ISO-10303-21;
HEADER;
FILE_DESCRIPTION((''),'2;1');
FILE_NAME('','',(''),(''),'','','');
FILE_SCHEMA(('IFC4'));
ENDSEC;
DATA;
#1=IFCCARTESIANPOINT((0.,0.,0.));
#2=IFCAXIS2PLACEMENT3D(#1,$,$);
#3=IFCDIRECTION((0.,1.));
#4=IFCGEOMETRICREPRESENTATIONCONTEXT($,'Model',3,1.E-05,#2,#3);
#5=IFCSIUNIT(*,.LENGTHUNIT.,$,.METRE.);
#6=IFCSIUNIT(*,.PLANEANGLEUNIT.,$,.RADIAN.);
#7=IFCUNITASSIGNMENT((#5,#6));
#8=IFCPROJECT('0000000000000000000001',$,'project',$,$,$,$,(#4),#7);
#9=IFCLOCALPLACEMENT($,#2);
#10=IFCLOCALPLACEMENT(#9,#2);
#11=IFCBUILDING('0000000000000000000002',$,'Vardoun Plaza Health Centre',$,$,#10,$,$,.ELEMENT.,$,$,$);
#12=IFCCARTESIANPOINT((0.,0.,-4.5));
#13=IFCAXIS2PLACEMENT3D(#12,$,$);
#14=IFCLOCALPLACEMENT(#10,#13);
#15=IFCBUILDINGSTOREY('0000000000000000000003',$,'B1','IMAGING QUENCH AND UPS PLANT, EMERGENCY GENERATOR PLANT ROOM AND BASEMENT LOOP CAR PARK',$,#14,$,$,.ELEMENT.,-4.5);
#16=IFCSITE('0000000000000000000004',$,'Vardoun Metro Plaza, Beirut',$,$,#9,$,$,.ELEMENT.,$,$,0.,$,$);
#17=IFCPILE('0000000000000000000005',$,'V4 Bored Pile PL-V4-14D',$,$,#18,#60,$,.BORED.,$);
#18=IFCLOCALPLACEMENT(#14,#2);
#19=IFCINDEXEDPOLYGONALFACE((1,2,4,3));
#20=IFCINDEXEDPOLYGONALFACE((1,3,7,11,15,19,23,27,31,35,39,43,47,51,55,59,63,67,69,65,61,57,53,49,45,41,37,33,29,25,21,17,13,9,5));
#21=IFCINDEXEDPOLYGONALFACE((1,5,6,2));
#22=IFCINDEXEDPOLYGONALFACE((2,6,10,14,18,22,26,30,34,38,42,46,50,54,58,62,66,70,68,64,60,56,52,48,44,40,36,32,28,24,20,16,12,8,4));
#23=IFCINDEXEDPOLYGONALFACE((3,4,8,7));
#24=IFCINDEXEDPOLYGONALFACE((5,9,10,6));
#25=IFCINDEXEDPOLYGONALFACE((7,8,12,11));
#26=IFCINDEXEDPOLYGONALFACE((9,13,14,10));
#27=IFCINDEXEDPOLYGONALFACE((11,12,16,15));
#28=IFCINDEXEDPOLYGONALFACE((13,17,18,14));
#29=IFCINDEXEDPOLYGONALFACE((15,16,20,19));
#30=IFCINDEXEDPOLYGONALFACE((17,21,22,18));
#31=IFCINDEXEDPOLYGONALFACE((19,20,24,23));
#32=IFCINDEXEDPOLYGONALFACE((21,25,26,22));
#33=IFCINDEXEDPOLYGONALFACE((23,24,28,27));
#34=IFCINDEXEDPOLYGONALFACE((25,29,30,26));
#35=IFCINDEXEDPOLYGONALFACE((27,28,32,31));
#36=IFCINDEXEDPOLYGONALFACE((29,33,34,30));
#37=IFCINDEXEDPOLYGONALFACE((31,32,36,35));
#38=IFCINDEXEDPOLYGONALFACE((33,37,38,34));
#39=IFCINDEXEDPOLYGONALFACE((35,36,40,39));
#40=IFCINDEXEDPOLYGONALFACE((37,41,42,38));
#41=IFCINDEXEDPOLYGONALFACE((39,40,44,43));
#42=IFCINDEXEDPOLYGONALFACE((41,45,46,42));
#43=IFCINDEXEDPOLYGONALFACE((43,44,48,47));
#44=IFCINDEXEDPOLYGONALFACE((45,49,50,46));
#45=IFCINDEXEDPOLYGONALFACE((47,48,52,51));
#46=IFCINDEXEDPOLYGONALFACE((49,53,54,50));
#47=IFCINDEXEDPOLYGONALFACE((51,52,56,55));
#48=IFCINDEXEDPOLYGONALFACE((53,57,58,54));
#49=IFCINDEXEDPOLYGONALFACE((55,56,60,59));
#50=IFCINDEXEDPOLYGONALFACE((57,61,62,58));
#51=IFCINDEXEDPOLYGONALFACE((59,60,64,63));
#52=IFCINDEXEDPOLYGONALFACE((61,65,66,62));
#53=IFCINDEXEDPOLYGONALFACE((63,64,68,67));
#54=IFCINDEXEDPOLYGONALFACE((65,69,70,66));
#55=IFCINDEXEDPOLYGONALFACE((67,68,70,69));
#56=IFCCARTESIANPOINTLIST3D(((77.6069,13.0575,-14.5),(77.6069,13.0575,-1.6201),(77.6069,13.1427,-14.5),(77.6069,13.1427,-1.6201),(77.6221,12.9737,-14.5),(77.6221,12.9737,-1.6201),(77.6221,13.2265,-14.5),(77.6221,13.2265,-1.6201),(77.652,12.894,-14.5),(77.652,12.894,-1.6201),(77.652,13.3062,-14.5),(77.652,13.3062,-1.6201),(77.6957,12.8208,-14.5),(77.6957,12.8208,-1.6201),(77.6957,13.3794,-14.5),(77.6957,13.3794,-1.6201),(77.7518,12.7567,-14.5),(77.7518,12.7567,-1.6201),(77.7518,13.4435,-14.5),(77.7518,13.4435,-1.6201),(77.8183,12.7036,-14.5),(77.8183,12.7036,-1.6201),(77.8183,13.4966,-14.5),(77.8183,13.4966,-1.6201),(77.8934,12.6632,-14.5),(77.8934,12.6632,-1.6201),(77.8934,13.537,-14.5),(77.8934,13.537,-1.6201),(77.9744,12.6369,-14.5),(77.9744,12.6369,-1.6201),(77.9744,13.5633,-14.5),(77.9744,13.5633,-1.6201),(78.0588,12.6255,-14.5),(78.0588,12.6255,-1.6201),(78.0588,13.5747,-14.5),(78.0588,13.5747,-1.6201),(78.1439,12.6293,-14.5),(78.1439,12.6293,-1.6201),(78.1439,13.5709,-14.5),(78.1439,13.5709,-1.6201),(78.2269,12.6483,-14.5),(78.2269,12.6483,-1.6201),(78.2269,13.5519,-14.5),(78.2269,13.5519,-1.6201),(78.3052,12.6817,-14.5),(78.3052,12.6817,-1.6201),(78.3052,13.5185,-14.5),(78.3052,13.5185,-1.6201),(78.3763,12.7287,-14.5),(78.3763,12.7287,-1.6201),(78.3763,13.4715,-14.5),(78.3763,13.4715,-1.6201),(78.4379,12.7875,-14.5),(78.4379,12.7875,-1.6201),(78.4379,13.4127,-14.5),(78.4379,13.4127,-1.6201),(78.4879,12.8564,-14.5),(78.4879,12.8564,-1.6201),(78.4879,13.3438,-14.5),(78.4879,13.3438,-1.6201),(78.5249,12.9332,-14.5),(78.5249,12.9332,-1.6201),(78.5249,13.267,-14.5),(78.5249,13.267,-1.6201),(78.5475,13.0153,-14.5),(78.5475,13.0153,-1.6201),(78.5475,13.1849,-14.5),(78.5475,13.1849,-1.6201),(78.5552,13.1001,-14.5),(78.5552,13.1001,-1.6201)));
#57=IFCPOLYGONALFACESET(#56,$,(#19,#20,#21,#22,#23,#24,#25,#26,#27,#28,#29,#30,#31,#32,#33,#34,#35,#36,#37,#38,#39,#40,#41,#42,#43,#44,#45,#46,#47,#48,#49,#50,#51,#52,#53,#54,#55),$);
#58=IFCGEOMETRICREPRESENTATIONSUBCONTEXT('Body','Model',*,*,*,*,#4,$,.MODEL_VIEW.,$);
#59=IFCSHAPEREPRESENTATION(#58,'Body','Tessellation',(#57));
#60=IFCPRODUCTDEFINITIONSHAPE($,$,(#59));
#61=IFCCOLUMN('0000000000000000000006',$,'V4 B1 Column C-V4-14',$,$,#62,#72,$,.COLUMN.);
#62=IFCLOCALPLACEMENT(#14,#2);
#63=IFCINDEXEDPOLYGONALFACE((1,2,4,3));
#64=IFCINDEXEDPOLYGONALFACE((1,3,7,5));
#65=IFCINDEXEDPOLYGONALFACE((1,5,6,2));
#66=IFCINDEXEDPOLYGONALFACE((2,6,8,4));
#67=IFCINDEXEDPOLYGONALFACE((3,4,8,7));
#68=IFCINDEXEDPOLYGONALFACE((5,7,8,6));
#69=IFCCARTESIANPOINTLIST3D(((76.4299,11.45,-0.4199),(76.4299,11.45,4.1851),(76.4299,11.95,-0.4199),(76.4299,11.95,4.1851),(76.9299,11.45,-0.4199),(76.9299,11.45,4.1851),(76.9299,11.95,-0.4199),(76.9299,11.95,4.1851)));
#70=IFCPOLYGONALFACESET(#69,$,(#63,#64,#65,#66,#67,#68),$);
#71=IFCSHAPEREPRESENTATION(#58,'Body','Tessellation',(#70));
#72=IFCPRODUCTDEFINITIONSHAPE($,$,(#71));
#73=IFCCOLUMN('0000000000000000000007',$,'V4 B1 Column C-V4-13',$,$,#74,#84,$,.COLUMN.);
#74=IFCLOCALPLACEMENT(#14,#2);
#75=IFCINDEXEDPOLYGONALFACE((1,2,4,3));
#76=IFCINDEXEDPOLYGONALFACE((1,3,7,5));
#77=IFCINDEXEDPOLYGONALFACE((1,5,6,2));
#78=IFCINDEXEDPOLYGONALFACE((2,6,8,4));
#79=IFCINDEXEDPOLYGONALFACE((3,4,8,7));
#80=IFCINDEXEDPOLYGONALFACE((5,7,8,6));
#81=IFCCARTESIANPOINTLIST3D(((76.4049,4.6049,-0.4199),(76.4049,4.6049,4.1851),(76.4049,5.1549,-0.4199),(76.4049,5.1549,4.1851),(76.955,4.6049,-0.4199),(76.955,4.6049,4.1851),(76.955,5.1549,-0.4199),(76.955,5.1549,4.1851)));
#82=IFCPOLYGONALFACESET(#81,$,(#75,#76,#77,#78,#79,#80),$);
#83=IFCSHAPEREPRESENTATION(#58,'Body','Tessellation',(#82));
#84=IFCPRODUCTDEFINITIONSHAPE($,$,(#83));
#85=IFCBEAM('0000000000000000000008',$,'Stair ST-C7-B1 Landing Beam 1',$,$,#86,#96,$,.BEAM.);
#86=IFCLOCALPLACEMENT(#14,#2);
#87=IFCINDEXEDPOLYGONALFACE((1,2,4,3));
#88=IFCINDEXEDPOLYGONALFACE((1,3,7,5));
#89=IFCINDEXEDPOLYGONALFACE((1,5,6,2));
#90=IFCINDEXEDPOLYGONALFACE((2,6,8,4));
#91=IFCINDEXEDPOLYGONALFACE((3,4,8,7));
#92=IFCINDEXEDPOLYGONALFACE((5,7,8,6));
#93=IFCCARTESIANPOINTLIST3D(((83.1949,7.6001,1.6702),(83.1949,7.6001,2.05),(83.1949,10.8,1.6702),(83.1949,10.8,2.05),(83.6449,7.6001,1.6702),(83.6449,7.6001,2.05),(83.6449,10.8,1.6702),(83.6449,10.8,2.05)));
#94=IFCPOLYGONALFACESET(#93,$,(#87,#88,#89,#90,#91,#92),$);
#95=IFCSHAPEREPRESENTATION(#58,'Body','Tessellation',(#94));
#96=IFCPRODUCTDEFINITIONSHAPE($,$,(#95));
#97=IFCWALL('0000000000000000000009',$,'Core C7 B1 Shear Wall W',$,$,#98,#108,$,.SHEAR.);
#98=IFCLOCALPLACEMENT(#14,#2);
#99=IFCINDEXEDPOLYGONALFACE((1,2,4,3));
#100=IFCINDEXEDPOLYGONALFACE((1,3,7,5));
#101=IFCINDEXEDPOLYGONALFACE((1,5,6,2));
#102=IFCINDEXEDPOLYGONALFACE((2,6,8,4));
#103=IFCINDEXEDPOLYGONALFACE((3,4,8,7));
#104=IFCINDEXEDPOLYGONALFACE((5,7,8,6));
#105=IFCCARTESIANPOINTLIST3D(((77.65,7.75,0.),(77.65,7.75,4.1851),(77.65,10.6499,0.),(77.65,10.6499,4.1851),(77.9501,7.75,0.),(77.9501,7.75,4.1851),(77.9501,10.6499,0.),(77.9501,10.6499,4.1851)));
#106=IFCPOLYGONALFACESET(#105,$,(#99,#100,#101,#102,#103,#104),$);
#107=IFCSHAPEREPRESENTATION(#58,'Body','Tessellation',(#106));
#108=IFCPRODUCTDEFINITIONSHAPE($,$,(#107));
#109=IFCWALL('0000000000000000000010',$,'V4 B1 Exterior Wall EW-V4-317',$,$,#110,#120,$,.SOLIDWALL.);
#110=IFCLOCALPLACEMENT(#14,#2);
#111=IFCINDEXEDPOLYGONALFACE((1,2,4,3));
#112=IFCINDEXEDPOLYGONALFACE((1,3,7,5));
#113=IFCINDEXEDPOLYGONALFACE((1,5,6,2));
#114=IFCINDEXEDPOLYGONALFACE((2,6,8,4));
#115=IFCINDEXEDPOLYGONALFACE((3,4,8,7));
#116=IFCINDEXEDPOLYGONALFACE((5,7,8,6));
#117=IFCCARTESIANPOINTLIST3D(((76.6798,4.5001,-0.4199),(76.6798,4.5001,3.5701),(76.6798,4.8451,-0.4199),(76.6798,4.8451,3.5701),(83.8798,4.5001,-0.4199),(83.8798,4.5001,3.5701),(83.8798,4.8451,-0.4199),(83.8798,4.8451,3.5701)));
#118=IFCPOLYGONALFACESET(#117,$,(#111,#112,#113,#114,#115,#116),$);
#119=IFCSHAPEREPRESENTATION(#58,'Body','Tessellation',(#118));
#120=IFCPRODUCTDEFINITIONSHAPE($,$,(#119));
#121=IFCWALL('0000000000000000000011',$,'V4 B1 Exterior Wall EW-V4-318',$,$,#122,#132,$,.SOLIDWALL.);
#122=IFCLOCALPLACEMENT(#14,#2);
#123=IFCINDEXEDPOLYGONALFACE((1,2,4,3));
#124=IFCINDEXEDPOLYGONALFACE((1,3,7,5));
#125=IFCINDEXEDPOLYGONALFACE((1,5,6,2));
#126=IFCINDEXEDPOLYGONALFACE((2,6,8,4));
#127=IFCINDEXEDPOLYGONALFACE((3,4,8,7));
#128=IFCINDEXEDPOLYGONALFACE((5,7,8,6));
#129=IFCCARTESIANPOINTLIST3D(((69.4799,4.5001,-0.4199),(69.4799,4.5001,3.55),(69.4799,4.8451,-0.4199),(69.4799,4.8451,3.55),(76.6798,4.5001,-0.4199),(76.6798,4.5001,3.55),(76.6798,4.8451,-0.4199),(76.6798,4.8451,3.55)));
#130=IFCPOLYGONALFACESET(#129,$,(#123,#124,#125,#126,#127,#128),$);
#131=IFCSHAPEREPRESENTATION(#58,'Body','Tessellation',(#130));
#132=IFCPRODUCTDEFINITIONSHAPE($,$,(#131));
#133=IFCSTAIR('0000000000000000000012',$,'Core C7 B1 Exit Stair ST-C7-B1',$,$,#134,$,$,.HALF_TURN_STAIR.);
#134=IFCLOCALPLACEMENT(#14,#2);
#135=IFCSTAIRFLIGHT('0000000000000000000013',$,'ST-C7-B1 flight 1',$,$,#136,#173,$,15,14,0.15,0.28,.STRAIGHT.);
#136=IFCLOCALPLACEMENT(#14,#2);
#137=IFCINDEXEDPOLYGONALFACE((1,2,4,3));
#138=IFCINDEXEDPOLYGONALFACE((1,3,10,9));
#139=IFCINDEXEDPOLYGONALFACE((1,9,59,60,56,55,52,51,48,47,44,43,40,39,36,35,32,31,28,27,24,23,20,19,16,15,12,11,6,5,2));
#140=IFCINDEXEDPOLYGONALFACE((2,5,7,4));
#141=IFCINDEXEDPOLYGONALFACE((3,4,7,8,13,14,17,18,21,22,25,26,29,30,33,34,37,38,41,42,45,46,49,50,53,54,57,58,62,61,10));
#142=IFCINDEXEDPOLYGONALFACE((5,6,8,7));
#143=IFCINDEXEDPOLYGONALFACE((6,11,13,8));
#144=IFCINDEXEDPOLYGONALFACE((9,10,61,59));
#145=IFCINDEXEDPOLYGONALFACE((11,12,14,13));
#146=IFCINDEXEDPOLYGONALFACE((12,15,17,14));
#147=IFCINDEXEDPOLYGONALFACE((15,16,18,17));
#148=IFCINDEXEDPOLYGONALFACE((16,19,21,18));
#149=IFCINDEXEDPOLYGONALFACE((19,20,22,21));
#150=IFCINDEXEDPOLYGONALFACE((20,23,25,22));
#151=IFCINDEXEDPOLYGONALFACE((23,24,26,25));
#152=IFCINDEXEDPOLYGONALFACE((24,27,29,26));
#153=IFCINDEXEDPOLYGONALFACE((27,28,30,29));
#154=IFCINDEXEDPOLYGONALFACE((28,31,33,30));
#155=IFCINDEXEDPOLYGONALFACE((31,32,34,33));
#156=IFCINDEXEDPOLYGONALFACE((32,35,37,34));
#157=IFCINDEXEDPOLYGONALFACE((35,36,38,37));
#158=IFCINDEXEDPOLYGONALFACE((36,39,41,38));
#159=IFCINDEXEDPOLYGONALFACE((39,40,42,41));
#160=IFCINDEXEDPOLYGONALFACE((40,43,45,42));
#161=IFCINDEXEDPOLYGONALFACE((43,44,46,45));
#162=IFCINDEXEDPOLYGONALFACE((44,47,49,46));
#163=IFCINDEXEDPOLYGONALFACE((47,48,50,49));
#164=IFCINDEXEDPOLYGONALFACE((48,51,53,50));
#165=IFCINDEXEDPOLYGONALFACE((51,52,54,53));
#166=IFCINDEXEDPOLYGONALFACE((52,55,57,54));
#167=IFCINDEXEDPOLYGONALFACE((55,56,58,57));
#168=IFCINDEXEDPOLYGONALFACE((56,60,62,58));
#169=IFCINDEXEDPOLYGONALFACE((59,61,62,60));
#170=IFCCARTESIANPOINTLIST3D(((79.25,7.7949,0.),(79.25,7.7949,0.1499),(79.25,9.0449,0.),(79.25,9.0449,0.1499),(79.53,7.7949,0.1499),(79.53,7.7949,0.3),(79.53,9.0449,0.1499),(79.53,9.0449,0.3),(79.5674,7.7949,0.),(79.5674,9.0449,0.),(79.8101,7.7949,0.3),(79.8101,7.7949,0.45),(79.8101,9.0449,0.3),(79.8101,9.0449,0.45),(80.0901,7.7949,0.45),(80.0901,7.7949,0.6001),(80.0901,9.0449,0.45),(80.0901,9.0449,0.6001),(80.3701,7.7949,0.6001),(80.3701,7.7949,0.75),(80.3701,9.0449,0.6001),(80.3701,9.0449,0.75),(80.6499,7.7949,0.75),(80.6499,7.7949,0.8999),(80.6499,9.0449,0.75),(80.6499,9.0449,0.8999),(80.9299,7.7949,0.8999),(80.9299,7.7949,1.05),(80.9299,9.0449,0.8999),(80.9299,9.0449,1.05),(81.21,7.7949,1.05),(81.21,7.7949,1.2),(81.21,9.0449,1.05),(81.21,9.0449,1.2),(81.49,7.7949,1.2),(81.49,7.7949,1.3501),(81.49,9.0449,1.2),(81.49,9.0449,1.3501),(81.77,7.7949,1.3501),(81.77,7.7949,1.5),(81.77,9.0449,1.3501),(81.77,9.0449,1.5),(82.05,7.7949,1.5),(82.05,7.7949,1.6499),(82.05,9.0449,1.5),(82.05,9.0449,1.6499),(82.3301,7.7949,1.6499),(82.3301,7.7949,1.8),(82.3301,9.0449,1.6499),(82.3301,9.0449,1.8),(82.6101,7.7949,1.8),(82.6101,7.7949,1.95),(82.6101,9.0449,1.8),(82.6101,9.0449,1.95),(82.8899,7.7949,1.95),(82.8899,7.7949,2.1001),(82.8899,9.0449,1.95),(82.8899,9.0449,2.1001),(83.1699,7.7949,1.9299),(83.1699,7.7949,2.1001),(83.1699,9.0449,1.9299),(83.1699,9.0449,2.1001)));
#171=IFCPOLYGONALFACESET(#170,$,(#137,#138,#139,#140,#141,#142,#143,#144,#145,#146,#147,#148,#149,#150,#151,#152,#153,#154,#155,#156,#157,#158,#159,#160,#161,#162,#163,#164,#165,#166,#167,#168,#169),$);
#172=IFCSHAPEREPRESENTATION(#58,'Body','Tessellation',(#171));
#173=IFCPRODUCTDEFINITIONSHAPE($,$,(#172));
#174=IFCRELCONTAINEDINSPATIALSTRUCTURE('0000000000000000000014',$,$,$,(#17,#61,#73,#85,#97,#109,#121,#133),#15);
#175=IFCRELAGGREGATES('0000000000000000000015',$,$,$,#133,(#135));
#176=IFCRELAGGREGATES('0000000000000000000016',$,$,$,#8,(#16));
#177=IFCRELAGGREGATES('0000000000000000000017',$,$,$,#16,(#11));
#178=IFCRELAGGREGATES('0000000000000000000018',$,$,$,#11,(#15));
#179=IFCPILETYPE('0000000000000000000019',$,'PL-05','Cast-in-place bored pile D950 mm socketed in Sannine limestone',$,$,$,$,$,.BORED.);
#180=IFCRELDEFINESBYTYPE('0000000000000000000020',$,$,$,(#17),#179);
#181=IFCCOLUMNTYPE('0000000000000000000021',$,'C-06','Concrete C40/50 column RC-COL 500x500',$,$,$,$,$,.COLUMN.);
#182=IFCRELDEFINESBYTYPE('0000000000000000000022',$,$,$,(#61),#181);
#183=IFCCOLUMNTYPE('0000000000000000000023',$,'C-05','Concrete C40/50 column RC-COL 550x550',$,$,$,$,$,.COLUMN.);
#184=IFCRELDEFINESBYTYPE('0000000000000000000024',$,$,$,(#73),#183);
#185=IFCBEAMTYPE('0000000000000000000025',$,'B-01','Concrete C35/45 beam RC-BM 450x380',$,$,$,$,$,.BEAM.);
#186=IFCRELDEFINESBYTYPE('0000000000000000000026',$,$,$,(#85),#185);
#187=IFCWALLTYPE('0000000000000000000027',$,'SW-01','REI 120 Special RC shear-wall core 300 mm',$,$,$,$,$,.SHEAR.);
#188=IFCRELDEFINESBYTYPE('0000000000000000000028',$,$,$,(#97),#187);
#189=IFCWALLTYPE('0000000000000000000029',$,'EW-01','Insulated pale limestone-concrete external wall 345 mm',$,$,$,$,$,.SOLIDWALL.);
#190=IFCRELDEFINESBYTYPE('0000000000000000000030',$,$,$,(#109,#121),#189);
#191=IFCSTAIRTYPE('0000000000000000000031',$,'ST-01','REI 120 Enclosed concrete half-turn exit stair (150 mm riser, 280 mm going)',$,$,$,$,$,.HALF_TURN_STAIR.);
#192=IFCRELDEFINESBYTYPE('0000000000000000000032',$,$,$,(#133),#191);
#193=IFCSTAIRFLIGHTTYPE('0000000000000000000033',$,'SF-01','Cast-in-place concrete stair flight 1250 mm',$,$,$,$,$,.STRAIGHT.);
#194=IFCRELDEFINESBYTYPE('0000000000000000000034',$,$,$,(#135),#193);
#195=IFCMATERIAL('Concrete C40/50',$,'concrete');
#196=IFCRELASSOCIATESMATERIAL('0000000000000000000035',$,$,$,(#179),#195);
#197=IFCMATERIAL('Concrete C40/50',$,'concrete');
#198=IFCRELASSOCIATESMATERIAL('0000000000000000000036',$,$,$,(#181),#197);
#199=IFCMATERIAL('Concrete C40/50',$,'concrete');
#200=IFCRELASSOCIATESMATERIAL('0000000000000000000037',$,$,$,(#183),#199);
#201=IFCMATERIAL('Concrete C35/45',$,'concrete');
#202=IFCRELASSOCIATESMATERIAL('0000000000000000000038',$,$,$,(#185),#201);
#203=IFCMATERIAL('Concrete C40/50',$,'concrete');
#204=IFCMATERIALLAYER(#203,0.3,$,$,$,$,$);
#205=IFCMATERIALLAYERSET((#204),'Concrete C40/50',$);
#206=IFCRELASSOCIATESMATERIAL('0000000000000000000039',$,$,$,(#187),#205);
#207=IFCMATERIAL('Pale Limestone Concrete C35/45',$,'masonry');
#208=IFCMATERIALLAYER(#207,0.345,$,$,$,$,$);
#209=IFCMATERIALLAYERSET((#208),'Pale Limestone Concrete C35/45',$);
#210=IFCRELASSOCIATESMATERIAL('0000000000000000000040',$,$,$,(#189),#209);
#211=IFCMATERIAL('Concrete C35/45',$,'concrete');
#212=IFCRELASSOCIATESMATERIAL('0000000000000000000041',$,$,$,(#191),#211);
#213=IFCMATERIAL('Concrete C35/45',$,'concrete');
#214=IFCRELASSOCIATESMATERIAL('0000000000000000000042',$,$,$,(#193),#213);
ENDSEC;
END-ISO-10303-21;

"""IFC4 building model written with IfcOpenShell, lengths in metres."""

from ifc_helpers import new_model, si_unit, direction, frame, frame_2d, origin, origin_2d, place, context, subcontext, project, spatial, polyline, rectangle, circle, outline, extrude, material, layer, layer_set, material_profile, profile_set, type_object, element, aggregate, save


model = new_model("IFC4")

# Units and contexts
model_context = context("Model", 3, precision=1e-05, world=origin(), true_north=direction((0.0, 1.0)))
body_context = subcontext(model_context, "Body", "Model", "MODEL_VIEW")
ifc_project = project(units=[si_unit("LENGTHUNIT", "METRE"), si_unit("PLANEANGLEUNIT", "RADIAN")], contexts=[model_context])

# Site, building, storey
site_placement = place(None, origin())
site = spatial("IfcSite", under=ifc_project, at=site_placement, Name="Vardoun Metro Plaza, Beirut", CompositionType="ELEMENT", RefElevation=0.0)
building_placement = place(site_placement, origin())
building = spatial("IfcBuilding", under=site, at=building_placement, Name="Vardoun Plaza Health Centre", CompositionType="ELEMENT")
storey_placement = place(building_placement, frame((0.0, 0.0, -4.5)))
storey = spatial("IfcBuildingStorey", under=building, at=storey_placement, Name="B1", Description="IMAGING QUENCH AND UPS PLANT, EMERGENCY GENERATOR PLANT ROOM AND BASEMENT LOOP CAR PARK", CompositionType="ELEMENT", Elevation=-4.5)

# Pile
ifc_material_1 = material(Name="Concrete C40/50", Category="concrete")
ifc_material_profile_1 = material_profile(ifc_material_1, circle(Radius=0.4751, at=origin_2d()), Name="PILE D950")
ifc_profile_set_1 = profile_set([ifc_material_profile_1], Name="Concrete C40/50")
pile_type_1 = type_object("IfcPileType", Name="PL-05", Description="Cast-in-place bored pile D950 mm socketed in Sannine limestone", PredefinedType="BORED", material=ifc_profile_set_1)
for number, where, z_axis, x_axis, name in (
    (1, (78.0801, 13.1001, -1.6201), (0.0, 0.0, -1.0), (1.0, 0.0, 0.0), "V4 Bored Pile PL-V4-14D"),
):
    element("IfcPile", number, at=place(storey_placement, frame(where, z_axis=z_axis, x_axis=x_axis)), inside=storey, type_object=pile_type_1, Name=name, PredefinedType="BORED", context=body_context, shape_type="SweptSolid", body=[
        extrude(circle(Radius=0.4751, at=origin_2d()), origin(), (0.0, 0.0, 1.0), 12.8799),
    ])

# Columns
ifc_material_2 = material(Name="Concrete C40/50", Category="concrete")
ifc_material_profile_2 = material_profile(ifc_material_2, rectangle(XDim=0.5, YDim=0.5, at=origin_2d()), Name="RC-COL 500x500")
ifc_profile_set_2 = profile_set([ifc_material_profile_2], Name="Concrete C40/50")
column_type_1 = type_object("IfcColumnType", Name="C-06", Description="Concrete C40/50 column RC-COL 500x500", PredefinedType="COLUMN", material=ifc_profile_set_2)
column_1_placement = place(storey_placement, frame((76.6799, 11.7, -0.4199), z_axis=(0.0, 0.0, 1.0), x_axis=(1.0, 0.0, 0.0)))
element("IfcColumn", 2, at=column_1_placement, inside=storey, type_object=column_type_1, Name="V4 B1 Column C-V4-14", PredefinedType="COLUMN", context=body_context, shape_type="SweptSolid", body=[
    extrude(rectangle(XDim=0.5, YDim=0.5, at=origin_2d()), origin(), (0.0, 0.0, 1.0), 4.605),
])
ifc_material_3 = material(Name="Concrete C40/50", Category="concrete")
ifc_material_profile_3 = material_profile(ifc_material_3, rectangle(XDim=0.55, YDim=0.55, at=origin_2d()), Name="RC-COL 550x550")
ifc_profile_set_3 = profile_set([ifc_material_profile_3], Name="Concrete C40/50")
column_type_2 = type_object("IfcColumnType", Name="C-05", Description="Concrete C40/50 column RC-COL 550x550", PredefinedType="COLUMN", material=ifc_profile_set_3)
column_2_placement = place(storey_placement, frame((76.6799, 4.8799, -0.4199), z_axis=(0.0, 0.0, 1.0), x_axis=(1.0, 0.0, 0.0)))
element("IfcColumn", 3, at=column_2_placement, inside=storey, type_object=column_type_2, Name="V4 B1 Column C-V4-13", PredefinedType="COLUMN", context=body_context, shape_type="SweptSolid", body=[
    extrude(rectangle(XDim=0.55, YDim=0.55, at=origin_2d()), origin(), (0.0, 0.0, 1.0), 4.605),
])

# Beam
ifc_material_4 = material(Name="Concrete C35/45", Category="concrete")
ifc_material_profile_4 = material_profile(ifc_material_4, rectangle(XDim=0.45, YDim=0.3799, at=origin_2d()), Name="RC-BM 450x380")
ifc_profile_set_4 = profile_set([ifc_material_profile_4], Name="Concrete C35/45")
beam_type = type_object("IfcBeamType", Name="B-01", Description="Concrete C35/45 beam RC-BM 450x380", PredefinedType="BEAM", material=ifc_profile_set_4)
beam_placement = place(storey_placement, frame((83.4199, 7.6001, 1.8601), z_axis=(0.0, 1.0, 0.0), x_axis=(-1.0, 0.0, 0.0)))
element("IfcBeam", 4, at=beam_placement, inside=storey, type_object=beam_type, Name="Stair ST-C7-B1 Landing Beam 1", PredefinedType="BEAM", context=body_context, shape_type="SweptSolid", body=[
    extrude(rectangle(XDim=0.45, YDim=0.3799, at=origin_2d()), origin(), (0.0, 0.0, 1.0), 3.2),
])

# Wall
ifc_material_5 = material(Name="Concrete C40/50", Category="concrete")
ifc_layer_1 = layer(ifc_material_5, 0.3)
ifc_layer_set_1 = layer_set([ifc_layer_1], Name="Concrete C40/50")
wall_type_1 = type_object("IfcWallType", Name="SW-01", Description="REI 120 Special RC shear-wall core 300 mm", PredefinedType="SHEAR", material=ifc_layer_set_1)
wall_1_placement = place(storey_placement, frame((77.8, 7.75, 0.0), z_axis=(0.0, 0.0, 1.0), x_axis=(0.0, 1.0, 0.0)))
element("IfcWall", 5, at=wall_1_placement, inside=storey, type_object=wall_type_1, Name="Core C7 B1 Shear Wall W", PredefinedType="SHEAR", context=body_context, shape_type="SweptSolid", body=[
    extrude(rectangle(XDim=2.8999, YDim=0.3, at=frame_2d((1.45, 0.0))), origin(), (0.0, 0.0, 1.0), 4.1851),
])

# Walls
ifc_material_6 = material(Name="Pale Limestone Concrete C35/45", Category="masonry")
ifc_layer_2 = layer(ifc_material_6, 0.345)
ifc_layer_set_2 = layer_set([ifc_layer_2], Name="Pale Limestone Concrete C35/45")
wall_type_2 = type_object("IfcWallType", Name="EW-01", Description="Insulated pale limestone-concrete external wall 345 mm", PredefinedType="SOLIDWALL", material=ifc_layer_set_2)
wall_2_placement = place(storey_placement, frame((83.8799, 4.6726, -0.4199), z_axis=(0.0, 0.0, 1.0), x_axis=(-1.0, 0.0, 0.0)))
element("IfcWall", 6, at=wall_2_placement, inside=storey, type_object=wall_type_2, Name="V4 B1 Exterior Wall EW-V4-317", PredefinedType="SOLIDWALL", context=body_context, shape_type="SweptSolid", body=[
    extrude(rectangle(XDim=7.2, YDim=0.345, at=frame_2d((3.6001, 0.0))), origin(), (0.0, 0.0, 1.0), 3.99),
])
wall_3_placement = place(storey_placement, frame((76.6799, 4.6726, -0.4199), z_axis=(0.0, 0.0, 1.0), x_axis=(-1.0, 0.0, 0.0)))
element("IfcWall", 7, at=wall_3_placement, inside=storey, type_object=wall_type_2, Name="V4 B1 Exterior Wall EW-V4-318", PredefinedType="SOLIDWALL", context=body_context, shape_type="SweptSolid", body=[
    extrude(rectangle(XDim=7.2, YDim=0.345, at=frame_2d((3.6001, 0.0))), origin(), (0.0, 0.0, 1.0), 3.97),
])

# Stair, stair flight
ifc_material_7 = material(Name="Concrete C35/45", Category="concrete")
stair_type = type_object("IfcStairType", Name="ST-01", Description="REI 120 Enclosed concrete half-turn exit stair (150 mm riser, 280 mm going)", PredefinedType="HALF_TURN_STAIR", material=ifc_material_7)
stair_placement = place(storey_placement, origin())
stair = element("IfcStair", 8, at=stair_placement, inside=storey, type_object=stair_type, Name="Core C7 B1 Exit Stair ST-C7-B1", PredefinedType="HALF_TURN_STAIR")
ifc_material_8 = material(Name="Concrete C35/45", Category="concrete")
stair_flight_type = type_object("IfcStairFlightType", Name="SF-01", Description="Cast-in-place concrete stair flight 1250 mm", PredefinedType="STRAIGHT", material=ifc_material_8)
stair_flight_1_placement = place(storey_placement, frame((79.25, 8.4199, 0.0), z_axis=(0.0, 0.0, 1.0), x_axis=(1.0, 0.0, 0.0)))
stair_flight_1 = element("IfcStairFlight", 9, at=stair_flight_1_placement, type_object=stair_flight_type, Name="ST-C7-B1 flight 1", NumberOfRisers=15, NumberOfTreads=14, PredefinedType="STRAIGHT", RiserHeight=0.15, TreadLength=0.28, context=body_context, shape_type="SweptSolid", body=[
    extrude(outline(polyline([(0.0, 0.0), (0.0, 0.1499), (0.28, 0.1499), (0.28, 0.3), (0.5601, 0.3), (0.5601, 0.45), (0.8401, 0.45), (0.8401, 0.6001), (1.1201, 0.6001), (1.1201, 0.75), (1.3999, 0.75), (1.3999, 0.8999), (1.6799, 0.8999), (1.6799, 1.05), (1.96, 1.05), (1.96, 1.2), (2.24, 1.2), (2.24, 1.3501), (2.52, 1.3501), (2.52, 1.5), (2.8, 1.5), (2.8, 1.6499), (3.0801, 1.6499), (3.0801, 1.8), (3.3601, 1.8), (3.3601, 1.95), (3.6399, 1.95), (3.6399, 2.1001), (3.9199, 2.1001), (3.9199, 2.25), (3.9199, 1.9299), (0.3174, 0.0), (0.0, 0.0)])), frame((0.0, 0.625, 0.0), z_axis=(0.0, -1.0, 0.0), x_axis=(1.0, 0.0, 0.0)), (0.0, 0.0, 1.0), 1.25),
])
aggregate(stair, [stair_flight_1])

save(model, "model.ifc")
